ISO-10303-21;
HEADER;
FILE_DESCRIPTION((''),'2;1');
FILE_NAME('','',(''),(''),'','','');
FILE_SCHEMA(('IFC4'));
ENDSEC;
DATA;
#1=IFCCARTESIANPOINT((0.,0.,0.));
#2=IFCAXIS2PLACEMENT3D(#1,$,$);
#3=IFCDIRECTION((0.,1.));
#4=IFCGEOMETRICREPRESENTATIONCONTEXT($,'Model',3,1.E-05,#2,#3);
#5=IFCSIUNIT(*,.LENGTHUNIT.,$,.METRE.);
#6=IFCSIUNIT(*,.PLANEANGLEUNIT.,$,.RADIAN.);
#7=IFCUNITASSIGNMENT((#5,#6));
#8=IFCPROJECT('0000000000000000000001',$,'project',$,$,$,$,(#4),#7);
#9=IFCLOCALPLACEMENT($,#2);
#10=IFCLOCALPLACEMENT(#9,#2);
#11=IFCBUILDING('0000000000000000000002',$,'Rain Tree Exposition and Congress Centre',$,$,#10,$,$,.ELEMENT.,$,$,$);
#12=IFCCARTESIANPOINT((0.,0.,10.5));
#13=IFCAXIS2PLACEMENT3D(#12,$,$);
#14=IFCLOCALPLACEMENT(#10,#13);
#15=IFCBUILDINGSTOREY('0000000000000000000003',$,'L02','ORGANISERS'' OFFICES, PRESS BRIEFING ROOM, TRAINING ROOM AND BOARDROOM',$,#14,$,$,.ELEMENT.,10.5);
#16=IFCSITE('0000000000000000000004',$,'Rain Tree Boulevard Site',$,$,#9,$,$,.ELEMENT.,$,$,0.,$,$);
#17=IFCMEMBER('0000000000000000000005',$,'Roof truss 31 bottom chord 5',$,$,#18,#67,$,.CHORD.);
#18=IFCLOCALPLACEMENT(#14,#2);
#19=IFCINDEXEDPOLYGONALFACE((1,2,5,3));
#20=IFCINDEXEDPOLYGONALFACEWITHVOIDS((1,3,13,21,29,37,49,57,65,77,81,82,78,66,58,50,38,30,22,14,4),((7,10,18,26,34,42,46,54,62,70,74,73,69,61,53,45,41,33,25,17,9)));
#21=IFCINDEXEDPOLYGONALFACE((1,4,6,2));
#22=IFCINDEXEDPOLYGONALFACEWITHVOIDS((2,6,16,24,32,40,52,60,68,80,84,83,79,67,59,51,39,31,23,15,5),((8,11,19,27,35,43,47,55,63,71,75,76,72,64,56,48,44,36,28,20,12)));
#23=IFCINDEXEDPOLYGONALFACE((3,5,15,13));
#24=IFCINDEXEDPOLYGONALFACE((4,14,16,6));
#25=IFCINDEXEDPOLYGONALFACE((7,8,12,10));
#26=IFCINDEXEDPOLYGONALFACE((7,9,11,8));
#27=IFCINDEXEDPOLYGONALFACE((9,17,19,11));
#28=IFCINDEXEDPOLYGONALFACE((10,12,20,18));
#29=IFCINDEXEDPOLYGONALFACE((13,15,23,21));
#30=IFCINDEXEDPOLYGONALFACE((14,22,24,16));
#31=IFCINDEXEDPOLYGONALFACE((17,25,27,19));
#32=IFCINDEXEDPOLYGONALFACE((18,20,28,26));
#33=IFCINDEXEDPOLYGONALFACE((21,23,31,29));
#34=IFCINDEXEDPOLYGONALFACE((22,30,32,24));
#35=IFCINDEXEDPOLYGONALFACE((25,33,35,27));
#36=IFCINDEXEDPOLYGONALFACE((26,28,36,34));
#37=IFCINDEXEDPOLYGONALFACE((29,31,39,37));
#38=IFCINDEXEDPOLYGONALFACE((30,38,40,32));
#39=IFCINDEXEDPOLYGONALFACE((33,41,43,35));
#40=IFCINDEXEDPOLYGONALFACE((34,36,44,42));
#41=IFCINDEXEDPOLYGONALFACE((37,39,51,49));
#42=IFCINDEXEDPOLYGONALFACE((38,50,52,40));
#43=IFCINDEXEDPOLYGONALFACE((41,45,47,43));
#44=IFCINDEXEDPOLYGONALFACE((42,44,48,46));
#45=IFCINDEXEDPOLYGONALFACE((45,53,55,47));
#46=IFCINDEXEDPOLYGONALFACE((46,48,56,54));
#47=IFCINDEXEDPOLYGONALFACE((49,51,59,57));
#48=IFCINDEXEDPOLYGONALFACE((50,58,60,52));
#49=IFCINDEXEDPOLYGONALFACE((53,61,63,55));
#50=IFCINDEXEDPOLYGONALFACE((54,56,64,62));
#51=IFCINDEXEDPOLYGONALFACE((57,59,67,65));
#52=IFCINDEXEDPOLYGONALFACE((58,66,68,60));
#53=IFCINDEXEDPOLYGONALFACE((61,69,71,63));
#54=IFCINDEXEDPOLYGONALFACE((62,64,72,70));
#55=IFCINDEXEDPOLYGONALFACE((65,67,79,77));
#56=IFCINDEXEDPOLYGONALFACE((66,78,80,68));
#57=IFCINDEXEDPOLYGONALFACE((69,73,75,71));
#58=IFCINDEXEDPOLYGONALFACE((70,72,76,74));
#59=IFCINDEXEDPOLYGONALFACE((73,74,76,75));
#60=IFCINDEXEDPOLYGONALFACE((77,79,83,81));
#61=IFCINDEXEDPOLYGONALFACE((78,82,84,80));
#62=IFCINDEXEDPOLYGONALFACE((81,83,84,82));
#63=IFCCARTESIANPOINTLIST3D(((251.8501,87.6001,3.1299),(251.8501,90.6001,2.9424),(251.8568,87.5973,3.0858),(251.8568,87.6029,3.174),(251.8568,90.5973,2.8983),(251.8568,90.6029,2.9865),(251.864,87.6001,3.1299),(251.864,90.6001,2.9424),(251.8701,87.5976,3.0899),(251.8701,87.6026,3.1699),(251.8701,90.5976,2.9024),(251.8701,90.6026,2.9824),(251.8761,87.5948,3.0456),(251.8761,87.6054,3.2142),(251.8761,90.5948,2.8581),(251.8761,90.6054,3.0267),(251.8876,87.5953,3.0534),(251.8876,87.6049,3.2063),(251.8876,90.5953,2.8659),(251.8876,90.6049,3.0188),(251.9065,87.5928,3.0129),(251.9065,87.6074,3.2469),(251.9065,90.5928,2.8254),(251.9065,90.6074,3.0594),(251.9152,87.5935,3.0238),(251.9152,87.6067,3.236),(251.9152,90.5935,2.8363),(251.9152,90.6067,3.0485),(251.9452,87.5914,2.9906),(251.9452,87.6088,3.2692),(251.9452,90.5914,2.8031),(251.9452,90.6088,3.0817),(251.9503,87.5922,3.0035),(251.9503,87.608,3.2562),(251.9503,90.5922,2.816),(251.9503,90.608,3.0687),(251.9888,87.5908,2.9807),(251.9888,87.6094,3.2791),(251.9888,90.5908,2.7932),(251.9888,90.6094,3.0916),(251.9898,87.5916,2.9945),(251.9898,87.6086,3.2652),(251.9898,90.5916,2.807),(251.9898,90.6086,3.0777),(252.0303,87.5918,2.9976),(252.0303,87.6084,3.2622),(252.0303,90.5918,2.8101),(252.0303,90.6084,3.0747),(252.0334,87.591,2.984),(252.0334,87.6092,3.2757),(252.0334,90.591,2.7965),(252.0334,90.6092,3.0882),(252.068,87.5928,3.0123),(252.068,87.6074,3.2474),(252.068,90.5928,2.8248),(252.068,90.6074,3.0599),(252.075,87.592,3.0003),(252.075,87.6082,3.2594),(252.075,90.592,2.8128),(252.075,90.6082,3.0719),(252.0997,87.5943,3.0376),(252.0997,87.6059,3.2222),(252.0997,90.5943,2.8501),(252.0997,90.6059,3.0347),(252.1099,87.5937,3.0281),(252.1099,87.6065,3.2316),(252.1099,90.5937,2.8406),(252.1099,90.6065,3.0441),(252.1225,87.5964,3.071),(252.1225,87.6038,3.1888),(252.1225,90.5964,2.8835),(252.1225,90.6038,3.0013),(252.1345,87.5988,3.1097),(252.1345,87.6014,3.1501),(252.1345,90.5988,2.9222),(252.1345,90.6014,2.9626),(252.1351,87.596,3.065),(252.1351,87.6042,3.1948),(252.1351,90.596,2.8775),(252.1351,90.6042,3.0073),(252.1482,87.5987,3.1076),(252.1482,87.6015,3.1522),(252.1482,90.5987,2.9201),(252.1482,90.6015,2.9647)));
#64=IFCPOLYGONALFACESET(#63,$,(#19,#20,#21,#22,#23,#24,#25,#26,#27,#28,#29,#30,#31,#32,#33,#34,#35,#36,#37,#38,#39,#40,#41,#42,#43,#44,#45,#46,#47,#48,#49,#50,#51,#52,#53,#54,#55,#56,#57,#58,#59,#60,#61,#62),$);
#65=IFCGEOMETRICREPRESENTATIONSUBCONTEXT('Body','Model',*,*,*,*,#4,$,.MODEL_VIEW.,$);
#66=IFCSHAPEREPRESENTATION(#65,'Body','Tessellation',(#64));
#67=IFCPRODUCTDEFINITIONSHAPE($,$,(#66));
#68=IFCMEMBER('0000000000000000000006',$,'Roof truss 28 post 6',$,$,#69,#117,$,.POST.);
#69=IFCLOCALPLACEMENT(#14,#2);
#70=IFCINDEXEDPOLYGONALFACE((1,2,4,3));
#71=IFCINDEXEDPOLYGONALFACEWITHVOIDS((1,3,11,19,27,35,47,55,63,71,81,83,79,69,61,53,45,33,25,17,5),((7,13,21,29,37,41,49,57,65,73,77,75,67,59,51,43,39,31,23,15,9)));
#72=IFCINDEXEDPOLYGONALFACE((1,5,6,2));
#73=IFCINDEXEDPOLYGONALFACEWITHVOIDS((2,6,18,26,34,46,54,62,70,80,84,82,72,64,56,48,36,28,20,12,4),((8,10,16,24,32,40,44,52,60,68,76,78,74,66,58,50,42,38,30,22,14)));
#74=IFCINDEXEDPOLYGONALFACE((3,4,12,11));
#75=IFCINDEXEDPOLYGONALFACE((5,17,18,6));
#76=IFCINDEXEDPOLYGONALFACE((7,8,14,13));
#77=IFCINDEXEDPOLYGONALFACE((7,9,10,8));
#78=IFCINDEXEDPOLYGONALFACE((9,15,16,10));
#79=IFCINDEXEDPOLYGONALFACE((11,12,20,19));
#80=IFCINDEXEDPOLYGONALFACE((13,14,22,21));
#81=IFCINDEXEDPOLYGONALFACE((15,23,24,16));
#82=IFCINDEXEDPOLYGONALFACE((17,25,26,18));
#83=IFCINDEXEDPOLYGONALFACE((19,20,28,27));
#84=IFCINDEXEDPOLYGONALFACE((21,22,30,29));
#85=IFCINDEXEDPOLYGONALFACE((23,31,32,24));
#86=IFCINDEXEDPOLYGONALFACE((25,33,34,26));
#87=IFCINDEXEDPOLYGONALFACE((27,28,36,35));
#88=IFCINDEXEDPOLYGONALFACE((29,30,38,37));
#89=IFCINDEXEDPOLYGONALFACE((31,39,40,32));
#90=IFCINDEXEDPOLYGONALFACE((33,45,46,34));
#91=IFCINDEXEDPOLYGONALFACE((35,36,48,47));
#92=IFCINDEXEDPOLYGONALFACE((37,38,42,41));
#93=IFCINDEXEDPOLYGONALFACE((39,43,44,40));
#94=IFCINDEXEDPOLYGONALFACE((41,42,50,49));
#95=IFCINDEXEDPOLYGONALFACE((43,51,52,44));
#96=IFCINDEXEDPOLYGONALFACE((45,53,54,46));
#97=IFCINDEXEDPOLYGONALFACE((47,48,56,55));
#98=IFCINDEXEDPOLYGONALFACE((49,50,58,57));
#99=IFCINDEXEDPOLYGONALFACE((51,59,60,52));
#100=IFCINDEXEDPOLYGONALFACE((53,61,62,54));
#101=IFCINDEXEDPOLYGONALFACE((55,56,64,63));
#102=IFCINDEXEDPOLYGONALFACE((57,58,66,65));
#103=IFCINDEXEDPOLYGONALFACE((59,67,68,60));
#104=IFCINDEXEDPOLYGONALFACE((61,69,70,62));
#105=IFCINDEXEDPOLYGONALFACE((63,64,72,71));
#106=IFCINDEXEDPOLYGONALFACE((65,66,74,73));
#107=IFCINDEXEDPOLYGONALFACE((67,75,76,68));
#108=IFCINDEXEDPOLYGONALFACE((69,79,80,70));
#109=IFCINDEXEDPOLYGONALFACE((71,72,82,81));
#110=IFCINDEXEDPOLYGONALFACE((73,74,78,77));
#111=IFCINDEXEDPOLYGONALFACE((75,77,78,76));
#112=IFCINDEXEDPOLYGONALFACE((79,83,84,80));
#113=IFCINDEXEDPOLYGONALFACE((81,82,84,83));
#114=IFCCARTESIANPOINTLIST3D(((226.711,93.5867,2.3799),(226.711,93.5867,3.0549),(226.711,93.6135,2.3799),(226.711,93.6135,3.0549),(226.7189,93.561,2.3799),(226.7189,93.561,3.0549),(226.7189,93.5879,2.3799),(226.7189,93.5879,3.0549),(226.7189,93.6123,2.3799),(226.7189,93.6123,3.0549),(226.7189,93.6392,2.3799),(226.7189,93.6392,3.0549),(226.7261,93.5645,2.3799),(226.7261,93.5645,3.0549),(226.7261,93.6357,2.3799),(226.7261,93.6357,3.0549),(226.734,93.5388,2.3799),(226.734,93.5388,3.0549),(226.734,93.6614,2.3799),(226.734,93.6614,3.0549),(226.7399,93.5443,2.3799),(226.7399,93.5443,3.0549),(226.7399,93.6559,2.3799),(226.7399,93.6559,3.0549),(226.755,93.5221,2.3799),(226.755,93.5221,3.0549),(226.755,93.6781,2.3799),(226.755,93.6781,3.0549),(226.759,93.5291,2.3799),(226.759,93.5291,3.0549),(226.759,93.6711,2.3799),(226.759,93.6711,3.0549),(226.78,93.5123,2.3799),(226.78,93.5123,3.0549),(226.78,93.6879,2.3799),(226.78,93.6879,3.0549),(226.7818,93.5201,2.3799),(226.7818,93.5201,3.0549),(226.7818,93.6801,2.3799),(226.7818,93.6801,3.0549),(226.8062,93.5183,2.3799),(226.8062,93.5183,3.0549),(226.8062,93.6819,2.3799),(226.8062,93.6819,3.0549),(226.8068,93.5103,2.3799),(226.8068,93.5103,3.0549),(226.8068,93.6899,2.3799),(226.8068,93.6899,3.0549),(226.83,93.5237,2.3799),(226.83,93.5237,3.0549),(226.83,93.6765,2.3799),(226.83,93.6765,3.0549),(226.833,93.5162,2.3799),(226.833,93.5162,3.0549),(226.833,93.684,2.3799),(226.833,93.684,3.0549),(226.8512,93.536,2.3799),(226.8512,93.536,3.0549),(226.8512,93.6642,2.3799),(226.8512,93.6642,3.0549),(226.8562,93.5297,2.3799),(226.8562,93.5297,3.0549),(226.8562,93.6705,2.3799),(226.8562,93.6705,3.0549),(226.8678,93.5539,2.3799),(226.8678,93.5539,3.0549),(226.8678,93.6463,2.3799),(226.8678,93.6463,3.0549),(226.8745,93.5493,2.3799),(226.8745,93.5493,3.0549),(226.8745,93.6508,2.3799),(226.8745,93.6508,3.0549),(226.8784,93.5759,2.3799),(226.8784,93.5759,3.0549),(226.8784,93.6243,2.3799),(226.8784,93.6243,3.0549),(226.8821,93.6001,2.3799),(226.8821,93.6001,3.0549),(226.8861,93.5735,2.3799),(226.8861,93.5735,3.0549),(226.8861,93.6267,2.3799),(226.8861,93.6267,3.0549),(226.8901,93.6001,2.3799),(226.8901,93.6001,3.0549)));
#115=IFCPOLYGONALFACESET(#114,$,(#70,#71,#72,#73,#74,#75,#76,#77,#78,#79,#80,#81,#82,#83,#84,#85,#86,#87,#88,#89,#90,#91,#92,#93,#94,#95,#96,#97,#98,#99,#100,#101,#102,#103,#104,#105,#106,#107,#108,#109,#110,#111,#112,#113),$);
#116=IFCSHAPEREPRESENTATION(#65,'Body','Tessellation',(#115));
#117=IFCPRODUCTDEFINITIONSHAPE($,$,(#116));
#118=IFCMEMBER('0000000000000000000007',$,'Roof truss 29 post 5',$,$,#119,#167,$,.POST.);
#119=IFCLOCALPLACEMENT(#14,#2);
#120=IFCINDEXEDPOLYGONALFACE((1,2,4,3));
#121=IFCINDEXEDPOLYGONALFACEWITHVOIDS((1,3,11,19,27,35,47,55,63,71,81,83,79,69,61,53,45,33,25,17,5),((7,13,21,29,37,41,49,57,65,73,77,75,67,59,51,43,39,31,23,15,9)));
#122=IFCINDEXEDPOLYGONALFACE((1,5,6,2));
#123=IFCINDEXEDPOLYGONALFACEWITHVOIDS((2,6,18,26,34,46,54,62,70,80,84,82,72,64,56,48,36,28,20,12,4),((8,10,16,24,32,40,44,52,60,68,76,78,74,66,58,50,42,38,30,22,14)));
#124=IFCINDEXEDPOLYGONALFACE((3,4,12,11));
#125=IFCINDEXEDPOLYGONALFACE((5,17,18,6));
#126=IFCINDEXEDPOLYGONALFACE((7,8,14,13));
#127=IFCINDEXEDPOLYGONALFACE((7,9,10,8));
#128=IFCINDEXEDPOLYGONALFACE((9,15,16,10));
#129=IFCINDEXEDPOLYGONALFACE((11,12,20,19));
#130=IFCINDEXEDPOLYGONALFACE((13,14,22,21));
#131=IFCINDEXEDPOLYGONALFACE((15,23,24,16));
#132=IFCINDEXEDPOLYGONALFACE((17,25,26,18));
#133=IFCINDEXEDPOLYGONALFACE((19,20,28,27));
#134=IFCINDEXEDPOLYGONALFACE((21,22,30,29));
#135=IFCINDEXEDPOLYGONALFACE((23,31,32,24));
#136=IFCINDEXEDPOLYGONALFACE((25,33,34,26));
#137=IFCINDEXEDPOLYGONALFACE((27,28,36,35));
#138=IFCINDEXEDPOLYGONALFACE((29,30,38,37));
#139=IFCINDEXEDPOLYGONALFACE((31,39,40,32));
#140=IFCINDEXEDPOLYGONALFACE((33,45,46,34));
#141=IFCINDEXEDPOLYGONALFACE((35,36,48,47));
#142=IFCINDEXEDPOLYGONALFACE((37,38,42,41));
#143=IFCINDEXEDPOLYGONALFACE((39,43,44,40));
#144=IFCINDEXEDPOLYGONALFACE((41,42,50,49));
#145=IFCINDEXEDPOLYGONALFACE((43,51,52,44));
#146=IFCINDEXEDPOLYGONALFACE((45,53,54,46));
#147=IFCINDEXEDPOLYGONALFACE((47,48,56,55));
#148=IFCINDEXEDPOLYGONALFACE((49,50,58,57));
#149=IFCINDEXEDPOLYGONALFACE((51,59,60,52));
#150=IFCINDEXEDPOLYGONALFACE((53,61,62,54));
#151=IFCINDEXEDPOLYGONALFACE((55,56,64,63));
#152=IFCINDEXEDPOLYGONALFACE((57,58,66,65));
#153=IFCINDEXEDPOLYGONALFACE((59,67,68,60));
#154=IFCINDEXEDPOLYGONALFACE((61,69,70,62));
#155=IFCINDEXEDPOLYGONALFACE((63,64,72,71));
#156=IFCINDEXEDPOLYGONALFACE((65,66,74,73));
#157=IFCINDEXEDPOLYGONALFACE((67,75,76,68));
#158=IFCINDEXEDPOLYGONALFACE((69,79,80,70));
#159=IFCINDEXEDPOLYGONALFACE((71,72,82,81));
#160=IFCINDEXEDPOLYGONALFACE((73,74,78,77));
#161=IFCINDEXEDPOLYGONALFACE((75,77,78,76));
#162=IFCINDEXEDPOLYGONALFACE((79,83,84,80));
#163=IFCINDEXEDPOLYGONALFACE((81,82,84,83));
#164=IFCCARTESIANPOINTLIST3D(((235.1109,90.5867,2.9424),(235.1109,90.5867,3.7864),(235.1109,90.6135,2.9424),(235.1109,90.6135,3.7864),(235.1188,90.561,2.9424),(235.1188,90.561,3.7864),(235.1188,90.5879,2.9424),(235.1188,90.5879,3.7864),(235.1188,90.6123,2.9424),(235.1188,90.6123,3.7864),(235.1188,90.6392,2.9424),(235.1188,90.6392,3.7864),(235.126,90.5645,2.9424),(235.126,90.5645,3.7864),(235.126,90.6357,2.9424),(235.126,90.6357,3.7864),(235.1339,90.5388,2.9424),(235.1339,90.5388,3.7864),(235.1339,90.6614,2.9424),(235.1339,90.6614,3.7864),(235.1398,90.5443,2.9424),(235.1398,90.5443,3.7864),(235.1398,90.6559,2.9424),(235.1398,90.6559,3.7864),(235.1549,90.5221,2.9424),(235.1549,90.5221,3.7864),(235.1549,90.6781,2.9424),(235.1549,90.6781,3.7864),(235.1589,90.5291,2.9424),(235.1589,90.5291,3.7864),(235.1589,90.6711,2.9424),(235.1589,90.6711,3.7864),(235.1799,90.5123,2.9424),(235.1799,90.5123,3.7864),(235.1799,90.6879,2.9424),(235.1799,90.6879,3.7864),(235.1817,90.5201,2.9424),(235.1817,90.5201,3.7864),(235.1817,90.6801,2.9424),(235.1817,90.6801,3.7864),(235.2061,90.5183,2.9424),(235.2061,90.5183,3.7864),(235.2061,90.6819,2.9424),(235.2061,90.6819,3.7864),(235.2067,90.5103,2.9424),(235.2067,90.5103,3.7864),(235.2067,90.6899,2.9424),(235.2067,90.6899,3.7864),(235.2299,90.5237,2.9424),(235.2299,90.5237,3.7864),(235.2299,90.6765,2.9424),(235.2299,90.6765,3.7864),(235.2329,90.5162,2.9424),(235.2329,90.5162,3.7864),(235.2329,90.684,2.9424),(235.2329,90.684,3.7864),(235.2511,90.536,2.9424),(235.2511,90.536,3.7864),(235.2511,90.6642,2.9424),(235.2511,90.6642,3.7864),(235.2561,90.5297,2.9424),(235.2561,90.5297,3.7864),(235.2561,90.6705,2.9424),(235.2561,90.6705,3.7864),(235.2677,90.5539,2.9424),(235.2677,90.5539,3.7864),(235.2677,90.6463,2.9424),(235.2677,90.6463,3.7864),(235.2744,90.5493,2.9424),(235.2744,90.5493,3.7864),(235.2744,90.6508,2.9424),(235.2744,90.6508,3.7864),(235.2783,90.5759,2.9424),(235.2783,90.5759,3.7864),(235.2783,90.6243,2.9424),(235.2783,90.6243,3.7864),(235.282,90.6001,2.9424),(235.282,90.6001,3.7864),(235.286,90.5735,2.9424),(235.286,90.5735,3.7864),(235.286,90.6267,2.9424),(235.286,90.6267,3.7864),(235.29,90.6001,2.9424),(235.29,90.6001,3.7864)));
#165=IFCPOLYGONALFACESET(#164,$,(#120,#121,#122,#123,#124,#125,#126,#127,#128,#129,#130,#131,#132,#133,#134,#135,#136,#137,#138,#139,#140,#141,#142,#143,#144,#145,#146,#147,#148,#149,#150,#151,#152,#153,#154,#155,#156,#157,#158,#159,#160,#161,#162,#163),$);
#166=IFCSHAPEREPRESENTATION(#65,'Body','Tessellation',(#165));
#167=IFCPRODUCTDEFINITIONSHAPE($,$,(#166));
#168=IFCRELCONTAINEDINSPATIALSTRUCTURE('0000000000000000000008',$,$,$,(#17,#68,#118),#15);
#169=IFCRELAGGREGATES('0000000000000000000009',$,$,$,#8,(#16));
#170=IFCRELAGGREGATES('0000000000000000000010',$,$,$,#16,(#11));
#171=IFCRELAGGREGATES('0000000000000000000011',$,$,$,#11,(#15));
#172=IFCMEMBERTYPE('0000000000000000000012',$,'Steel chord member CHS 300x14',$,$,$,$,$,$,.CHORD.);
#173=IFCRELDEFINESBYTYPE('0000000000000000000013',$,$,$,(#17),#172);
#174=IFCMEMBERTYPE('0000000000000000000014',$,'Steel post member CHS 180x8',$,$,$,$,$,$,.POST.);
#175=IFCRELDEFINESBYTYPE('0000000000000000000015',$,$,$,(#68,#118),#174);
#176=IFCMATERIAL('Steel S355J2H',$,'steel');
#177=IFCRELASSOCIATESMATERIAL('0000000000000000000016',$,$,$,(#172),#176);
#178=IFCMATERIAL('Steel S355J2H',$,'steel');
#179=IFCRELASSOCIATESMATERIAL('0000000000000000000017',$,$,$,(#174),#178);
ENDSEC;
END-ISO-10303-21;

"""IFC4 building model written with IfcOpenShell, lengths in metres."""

from ifc_helpers import new_model, si_unit, direction, frame, origin, origin_2d, place, context, subcontext, project, spatial, hollow_circle, extrude, material, material_profile, profile_set, type_object, element, save


model = new_model("IFC4")

# Units and contexts
model_context = context("Model", 3, precision=1e-05, world=origin(), true_north=direction((0.0, 1.0)))
body_context = subcontext(model_context, "Body", "Model", "MODEL_VIEW")
ifc_project = project(units=[si_unit("LENGTHUNIT", "METRE"), si_unit("PLANEANGLEUNIT", "RADIAN")], contexts=[model_context])

# Site, building, storey
site_placement = place(None, origin())
site = spatial("IfcSite", under=ifc_project, at=site_placement, Name="Rain Tree Boulevard Site", CompositionType="ELEMENT", RefElevation=0.0)
building_placement = place(site_placement, origin())
building = spatial("IfcBuilding", under=site, at=building_placement, Name="Rain Tree Exposition and Congress Centre", CompositionType="ELEMENT")
storey_placement = place(building_placement, frame((0.0, 0.0, 10.5)))
storey = spatial("IfcBuildingStorey", under=building, at=storey_placement, Name="L02", Description="ORGANISERS' OFFICES, PRESS BRIEFING ROOM, TRAINING ROOM AND BOARDROOM", CompositionType="ELEMENT", Elevation=10.5)

# Members
ifc_material_1 = material(Name="Steel S355J2H", Category="steel")
ifc_material_profile_1 = material_profile(ifc_material_1, hollow_circle(Radius=0.1499, WallThickness=0.0139, at=origin_2d()), Name="CHS 300x14")
ifc_profile_set_1 = profile_set([ifc_material_profile_1], Name="Steel S355J2H")
member_type_1 = type_object("IfcMemberType", Name="Steel chord member CHS 300x14", PredefinedType="CHORD", material=ifc_profile_set_1)
member_1_placement = place(storey_placement, frame((252.0, 87.6001, 3.1299), z_axis=(0.0, 0.998053, -0.062378), x_axis=(-1.0, 0.0, 0.0)))
element("IfcMember", 1, at=member_1_placement, inside=storey, type_object=member_type_1, Name="Roof truss 31 bottom chord 5", PredefinedType="CHORD", context=body_context, shape_type="SweptSolid", body=[
    extrude(hollow_circle(Radius=0.1499, WallThickness=0.0139, at=origin_2d()), origin(), (0.0, 0.0, 1.0), 3.0059),
])
ifc_material_2 = material(Name="Steel S355J2H", Category="steel")
ifc_material_profile_2 = material_profile(ifc_material_2, hollow_circle(Radius=0.0901, WallThickness=0.0081, at=origin_2d()), Name="CHS 180x8")
ifc_profile_set_2 = profile_set([ifc_material_profile_2], Name="Steel S355J2H")
member_type_2 = type_object("IfcMemberType", Name="Steel post member CHS 180x8", PredefinedType="POST", material=ifc_profile_set_2)
member_2_placement = place(storey_placement, frame((226.8, 93.6001, 2.3799), z_axis=(0.0, 0.0, 1.0), x_axis=(1.0, 0.0, 0.0)))
element("IfcMember", 2, at=member_2_placement, inside=storey, type_object=member_type_2, Name="Roof truss 28 post 6", PredefinedType="POST", context=body_context, shape_type="SweptSolid", body=[
    extrude(hollow_circle(Radius=0.0901, WallThickness=0.0081, at=origin_2d()), origin(), (0.0, 0.0, 1.0), 0.675),
])
member_3_placement = place(storey_placement, frame((235.2, 90.6001, 2.9424), z_axis=(0.0, 0.0, 1.0), x_axis=(1.0, 0.0, 0.0)))
element("IfcMember", 3, at=member_3_placement, inside=storey, type_object=member_type_2, Name="Roof truss 29 post 5", PredefinedType="POST", context=body_context, shape_type="SweptSolid", body=[
    extrude(hollow_circle(Radius=0.0901, WallThickness=0.0081, at=origin_2d()), origin(), (0.0, 0.0, 1.0), 0.844),
])

save(model, "model.ifc")
